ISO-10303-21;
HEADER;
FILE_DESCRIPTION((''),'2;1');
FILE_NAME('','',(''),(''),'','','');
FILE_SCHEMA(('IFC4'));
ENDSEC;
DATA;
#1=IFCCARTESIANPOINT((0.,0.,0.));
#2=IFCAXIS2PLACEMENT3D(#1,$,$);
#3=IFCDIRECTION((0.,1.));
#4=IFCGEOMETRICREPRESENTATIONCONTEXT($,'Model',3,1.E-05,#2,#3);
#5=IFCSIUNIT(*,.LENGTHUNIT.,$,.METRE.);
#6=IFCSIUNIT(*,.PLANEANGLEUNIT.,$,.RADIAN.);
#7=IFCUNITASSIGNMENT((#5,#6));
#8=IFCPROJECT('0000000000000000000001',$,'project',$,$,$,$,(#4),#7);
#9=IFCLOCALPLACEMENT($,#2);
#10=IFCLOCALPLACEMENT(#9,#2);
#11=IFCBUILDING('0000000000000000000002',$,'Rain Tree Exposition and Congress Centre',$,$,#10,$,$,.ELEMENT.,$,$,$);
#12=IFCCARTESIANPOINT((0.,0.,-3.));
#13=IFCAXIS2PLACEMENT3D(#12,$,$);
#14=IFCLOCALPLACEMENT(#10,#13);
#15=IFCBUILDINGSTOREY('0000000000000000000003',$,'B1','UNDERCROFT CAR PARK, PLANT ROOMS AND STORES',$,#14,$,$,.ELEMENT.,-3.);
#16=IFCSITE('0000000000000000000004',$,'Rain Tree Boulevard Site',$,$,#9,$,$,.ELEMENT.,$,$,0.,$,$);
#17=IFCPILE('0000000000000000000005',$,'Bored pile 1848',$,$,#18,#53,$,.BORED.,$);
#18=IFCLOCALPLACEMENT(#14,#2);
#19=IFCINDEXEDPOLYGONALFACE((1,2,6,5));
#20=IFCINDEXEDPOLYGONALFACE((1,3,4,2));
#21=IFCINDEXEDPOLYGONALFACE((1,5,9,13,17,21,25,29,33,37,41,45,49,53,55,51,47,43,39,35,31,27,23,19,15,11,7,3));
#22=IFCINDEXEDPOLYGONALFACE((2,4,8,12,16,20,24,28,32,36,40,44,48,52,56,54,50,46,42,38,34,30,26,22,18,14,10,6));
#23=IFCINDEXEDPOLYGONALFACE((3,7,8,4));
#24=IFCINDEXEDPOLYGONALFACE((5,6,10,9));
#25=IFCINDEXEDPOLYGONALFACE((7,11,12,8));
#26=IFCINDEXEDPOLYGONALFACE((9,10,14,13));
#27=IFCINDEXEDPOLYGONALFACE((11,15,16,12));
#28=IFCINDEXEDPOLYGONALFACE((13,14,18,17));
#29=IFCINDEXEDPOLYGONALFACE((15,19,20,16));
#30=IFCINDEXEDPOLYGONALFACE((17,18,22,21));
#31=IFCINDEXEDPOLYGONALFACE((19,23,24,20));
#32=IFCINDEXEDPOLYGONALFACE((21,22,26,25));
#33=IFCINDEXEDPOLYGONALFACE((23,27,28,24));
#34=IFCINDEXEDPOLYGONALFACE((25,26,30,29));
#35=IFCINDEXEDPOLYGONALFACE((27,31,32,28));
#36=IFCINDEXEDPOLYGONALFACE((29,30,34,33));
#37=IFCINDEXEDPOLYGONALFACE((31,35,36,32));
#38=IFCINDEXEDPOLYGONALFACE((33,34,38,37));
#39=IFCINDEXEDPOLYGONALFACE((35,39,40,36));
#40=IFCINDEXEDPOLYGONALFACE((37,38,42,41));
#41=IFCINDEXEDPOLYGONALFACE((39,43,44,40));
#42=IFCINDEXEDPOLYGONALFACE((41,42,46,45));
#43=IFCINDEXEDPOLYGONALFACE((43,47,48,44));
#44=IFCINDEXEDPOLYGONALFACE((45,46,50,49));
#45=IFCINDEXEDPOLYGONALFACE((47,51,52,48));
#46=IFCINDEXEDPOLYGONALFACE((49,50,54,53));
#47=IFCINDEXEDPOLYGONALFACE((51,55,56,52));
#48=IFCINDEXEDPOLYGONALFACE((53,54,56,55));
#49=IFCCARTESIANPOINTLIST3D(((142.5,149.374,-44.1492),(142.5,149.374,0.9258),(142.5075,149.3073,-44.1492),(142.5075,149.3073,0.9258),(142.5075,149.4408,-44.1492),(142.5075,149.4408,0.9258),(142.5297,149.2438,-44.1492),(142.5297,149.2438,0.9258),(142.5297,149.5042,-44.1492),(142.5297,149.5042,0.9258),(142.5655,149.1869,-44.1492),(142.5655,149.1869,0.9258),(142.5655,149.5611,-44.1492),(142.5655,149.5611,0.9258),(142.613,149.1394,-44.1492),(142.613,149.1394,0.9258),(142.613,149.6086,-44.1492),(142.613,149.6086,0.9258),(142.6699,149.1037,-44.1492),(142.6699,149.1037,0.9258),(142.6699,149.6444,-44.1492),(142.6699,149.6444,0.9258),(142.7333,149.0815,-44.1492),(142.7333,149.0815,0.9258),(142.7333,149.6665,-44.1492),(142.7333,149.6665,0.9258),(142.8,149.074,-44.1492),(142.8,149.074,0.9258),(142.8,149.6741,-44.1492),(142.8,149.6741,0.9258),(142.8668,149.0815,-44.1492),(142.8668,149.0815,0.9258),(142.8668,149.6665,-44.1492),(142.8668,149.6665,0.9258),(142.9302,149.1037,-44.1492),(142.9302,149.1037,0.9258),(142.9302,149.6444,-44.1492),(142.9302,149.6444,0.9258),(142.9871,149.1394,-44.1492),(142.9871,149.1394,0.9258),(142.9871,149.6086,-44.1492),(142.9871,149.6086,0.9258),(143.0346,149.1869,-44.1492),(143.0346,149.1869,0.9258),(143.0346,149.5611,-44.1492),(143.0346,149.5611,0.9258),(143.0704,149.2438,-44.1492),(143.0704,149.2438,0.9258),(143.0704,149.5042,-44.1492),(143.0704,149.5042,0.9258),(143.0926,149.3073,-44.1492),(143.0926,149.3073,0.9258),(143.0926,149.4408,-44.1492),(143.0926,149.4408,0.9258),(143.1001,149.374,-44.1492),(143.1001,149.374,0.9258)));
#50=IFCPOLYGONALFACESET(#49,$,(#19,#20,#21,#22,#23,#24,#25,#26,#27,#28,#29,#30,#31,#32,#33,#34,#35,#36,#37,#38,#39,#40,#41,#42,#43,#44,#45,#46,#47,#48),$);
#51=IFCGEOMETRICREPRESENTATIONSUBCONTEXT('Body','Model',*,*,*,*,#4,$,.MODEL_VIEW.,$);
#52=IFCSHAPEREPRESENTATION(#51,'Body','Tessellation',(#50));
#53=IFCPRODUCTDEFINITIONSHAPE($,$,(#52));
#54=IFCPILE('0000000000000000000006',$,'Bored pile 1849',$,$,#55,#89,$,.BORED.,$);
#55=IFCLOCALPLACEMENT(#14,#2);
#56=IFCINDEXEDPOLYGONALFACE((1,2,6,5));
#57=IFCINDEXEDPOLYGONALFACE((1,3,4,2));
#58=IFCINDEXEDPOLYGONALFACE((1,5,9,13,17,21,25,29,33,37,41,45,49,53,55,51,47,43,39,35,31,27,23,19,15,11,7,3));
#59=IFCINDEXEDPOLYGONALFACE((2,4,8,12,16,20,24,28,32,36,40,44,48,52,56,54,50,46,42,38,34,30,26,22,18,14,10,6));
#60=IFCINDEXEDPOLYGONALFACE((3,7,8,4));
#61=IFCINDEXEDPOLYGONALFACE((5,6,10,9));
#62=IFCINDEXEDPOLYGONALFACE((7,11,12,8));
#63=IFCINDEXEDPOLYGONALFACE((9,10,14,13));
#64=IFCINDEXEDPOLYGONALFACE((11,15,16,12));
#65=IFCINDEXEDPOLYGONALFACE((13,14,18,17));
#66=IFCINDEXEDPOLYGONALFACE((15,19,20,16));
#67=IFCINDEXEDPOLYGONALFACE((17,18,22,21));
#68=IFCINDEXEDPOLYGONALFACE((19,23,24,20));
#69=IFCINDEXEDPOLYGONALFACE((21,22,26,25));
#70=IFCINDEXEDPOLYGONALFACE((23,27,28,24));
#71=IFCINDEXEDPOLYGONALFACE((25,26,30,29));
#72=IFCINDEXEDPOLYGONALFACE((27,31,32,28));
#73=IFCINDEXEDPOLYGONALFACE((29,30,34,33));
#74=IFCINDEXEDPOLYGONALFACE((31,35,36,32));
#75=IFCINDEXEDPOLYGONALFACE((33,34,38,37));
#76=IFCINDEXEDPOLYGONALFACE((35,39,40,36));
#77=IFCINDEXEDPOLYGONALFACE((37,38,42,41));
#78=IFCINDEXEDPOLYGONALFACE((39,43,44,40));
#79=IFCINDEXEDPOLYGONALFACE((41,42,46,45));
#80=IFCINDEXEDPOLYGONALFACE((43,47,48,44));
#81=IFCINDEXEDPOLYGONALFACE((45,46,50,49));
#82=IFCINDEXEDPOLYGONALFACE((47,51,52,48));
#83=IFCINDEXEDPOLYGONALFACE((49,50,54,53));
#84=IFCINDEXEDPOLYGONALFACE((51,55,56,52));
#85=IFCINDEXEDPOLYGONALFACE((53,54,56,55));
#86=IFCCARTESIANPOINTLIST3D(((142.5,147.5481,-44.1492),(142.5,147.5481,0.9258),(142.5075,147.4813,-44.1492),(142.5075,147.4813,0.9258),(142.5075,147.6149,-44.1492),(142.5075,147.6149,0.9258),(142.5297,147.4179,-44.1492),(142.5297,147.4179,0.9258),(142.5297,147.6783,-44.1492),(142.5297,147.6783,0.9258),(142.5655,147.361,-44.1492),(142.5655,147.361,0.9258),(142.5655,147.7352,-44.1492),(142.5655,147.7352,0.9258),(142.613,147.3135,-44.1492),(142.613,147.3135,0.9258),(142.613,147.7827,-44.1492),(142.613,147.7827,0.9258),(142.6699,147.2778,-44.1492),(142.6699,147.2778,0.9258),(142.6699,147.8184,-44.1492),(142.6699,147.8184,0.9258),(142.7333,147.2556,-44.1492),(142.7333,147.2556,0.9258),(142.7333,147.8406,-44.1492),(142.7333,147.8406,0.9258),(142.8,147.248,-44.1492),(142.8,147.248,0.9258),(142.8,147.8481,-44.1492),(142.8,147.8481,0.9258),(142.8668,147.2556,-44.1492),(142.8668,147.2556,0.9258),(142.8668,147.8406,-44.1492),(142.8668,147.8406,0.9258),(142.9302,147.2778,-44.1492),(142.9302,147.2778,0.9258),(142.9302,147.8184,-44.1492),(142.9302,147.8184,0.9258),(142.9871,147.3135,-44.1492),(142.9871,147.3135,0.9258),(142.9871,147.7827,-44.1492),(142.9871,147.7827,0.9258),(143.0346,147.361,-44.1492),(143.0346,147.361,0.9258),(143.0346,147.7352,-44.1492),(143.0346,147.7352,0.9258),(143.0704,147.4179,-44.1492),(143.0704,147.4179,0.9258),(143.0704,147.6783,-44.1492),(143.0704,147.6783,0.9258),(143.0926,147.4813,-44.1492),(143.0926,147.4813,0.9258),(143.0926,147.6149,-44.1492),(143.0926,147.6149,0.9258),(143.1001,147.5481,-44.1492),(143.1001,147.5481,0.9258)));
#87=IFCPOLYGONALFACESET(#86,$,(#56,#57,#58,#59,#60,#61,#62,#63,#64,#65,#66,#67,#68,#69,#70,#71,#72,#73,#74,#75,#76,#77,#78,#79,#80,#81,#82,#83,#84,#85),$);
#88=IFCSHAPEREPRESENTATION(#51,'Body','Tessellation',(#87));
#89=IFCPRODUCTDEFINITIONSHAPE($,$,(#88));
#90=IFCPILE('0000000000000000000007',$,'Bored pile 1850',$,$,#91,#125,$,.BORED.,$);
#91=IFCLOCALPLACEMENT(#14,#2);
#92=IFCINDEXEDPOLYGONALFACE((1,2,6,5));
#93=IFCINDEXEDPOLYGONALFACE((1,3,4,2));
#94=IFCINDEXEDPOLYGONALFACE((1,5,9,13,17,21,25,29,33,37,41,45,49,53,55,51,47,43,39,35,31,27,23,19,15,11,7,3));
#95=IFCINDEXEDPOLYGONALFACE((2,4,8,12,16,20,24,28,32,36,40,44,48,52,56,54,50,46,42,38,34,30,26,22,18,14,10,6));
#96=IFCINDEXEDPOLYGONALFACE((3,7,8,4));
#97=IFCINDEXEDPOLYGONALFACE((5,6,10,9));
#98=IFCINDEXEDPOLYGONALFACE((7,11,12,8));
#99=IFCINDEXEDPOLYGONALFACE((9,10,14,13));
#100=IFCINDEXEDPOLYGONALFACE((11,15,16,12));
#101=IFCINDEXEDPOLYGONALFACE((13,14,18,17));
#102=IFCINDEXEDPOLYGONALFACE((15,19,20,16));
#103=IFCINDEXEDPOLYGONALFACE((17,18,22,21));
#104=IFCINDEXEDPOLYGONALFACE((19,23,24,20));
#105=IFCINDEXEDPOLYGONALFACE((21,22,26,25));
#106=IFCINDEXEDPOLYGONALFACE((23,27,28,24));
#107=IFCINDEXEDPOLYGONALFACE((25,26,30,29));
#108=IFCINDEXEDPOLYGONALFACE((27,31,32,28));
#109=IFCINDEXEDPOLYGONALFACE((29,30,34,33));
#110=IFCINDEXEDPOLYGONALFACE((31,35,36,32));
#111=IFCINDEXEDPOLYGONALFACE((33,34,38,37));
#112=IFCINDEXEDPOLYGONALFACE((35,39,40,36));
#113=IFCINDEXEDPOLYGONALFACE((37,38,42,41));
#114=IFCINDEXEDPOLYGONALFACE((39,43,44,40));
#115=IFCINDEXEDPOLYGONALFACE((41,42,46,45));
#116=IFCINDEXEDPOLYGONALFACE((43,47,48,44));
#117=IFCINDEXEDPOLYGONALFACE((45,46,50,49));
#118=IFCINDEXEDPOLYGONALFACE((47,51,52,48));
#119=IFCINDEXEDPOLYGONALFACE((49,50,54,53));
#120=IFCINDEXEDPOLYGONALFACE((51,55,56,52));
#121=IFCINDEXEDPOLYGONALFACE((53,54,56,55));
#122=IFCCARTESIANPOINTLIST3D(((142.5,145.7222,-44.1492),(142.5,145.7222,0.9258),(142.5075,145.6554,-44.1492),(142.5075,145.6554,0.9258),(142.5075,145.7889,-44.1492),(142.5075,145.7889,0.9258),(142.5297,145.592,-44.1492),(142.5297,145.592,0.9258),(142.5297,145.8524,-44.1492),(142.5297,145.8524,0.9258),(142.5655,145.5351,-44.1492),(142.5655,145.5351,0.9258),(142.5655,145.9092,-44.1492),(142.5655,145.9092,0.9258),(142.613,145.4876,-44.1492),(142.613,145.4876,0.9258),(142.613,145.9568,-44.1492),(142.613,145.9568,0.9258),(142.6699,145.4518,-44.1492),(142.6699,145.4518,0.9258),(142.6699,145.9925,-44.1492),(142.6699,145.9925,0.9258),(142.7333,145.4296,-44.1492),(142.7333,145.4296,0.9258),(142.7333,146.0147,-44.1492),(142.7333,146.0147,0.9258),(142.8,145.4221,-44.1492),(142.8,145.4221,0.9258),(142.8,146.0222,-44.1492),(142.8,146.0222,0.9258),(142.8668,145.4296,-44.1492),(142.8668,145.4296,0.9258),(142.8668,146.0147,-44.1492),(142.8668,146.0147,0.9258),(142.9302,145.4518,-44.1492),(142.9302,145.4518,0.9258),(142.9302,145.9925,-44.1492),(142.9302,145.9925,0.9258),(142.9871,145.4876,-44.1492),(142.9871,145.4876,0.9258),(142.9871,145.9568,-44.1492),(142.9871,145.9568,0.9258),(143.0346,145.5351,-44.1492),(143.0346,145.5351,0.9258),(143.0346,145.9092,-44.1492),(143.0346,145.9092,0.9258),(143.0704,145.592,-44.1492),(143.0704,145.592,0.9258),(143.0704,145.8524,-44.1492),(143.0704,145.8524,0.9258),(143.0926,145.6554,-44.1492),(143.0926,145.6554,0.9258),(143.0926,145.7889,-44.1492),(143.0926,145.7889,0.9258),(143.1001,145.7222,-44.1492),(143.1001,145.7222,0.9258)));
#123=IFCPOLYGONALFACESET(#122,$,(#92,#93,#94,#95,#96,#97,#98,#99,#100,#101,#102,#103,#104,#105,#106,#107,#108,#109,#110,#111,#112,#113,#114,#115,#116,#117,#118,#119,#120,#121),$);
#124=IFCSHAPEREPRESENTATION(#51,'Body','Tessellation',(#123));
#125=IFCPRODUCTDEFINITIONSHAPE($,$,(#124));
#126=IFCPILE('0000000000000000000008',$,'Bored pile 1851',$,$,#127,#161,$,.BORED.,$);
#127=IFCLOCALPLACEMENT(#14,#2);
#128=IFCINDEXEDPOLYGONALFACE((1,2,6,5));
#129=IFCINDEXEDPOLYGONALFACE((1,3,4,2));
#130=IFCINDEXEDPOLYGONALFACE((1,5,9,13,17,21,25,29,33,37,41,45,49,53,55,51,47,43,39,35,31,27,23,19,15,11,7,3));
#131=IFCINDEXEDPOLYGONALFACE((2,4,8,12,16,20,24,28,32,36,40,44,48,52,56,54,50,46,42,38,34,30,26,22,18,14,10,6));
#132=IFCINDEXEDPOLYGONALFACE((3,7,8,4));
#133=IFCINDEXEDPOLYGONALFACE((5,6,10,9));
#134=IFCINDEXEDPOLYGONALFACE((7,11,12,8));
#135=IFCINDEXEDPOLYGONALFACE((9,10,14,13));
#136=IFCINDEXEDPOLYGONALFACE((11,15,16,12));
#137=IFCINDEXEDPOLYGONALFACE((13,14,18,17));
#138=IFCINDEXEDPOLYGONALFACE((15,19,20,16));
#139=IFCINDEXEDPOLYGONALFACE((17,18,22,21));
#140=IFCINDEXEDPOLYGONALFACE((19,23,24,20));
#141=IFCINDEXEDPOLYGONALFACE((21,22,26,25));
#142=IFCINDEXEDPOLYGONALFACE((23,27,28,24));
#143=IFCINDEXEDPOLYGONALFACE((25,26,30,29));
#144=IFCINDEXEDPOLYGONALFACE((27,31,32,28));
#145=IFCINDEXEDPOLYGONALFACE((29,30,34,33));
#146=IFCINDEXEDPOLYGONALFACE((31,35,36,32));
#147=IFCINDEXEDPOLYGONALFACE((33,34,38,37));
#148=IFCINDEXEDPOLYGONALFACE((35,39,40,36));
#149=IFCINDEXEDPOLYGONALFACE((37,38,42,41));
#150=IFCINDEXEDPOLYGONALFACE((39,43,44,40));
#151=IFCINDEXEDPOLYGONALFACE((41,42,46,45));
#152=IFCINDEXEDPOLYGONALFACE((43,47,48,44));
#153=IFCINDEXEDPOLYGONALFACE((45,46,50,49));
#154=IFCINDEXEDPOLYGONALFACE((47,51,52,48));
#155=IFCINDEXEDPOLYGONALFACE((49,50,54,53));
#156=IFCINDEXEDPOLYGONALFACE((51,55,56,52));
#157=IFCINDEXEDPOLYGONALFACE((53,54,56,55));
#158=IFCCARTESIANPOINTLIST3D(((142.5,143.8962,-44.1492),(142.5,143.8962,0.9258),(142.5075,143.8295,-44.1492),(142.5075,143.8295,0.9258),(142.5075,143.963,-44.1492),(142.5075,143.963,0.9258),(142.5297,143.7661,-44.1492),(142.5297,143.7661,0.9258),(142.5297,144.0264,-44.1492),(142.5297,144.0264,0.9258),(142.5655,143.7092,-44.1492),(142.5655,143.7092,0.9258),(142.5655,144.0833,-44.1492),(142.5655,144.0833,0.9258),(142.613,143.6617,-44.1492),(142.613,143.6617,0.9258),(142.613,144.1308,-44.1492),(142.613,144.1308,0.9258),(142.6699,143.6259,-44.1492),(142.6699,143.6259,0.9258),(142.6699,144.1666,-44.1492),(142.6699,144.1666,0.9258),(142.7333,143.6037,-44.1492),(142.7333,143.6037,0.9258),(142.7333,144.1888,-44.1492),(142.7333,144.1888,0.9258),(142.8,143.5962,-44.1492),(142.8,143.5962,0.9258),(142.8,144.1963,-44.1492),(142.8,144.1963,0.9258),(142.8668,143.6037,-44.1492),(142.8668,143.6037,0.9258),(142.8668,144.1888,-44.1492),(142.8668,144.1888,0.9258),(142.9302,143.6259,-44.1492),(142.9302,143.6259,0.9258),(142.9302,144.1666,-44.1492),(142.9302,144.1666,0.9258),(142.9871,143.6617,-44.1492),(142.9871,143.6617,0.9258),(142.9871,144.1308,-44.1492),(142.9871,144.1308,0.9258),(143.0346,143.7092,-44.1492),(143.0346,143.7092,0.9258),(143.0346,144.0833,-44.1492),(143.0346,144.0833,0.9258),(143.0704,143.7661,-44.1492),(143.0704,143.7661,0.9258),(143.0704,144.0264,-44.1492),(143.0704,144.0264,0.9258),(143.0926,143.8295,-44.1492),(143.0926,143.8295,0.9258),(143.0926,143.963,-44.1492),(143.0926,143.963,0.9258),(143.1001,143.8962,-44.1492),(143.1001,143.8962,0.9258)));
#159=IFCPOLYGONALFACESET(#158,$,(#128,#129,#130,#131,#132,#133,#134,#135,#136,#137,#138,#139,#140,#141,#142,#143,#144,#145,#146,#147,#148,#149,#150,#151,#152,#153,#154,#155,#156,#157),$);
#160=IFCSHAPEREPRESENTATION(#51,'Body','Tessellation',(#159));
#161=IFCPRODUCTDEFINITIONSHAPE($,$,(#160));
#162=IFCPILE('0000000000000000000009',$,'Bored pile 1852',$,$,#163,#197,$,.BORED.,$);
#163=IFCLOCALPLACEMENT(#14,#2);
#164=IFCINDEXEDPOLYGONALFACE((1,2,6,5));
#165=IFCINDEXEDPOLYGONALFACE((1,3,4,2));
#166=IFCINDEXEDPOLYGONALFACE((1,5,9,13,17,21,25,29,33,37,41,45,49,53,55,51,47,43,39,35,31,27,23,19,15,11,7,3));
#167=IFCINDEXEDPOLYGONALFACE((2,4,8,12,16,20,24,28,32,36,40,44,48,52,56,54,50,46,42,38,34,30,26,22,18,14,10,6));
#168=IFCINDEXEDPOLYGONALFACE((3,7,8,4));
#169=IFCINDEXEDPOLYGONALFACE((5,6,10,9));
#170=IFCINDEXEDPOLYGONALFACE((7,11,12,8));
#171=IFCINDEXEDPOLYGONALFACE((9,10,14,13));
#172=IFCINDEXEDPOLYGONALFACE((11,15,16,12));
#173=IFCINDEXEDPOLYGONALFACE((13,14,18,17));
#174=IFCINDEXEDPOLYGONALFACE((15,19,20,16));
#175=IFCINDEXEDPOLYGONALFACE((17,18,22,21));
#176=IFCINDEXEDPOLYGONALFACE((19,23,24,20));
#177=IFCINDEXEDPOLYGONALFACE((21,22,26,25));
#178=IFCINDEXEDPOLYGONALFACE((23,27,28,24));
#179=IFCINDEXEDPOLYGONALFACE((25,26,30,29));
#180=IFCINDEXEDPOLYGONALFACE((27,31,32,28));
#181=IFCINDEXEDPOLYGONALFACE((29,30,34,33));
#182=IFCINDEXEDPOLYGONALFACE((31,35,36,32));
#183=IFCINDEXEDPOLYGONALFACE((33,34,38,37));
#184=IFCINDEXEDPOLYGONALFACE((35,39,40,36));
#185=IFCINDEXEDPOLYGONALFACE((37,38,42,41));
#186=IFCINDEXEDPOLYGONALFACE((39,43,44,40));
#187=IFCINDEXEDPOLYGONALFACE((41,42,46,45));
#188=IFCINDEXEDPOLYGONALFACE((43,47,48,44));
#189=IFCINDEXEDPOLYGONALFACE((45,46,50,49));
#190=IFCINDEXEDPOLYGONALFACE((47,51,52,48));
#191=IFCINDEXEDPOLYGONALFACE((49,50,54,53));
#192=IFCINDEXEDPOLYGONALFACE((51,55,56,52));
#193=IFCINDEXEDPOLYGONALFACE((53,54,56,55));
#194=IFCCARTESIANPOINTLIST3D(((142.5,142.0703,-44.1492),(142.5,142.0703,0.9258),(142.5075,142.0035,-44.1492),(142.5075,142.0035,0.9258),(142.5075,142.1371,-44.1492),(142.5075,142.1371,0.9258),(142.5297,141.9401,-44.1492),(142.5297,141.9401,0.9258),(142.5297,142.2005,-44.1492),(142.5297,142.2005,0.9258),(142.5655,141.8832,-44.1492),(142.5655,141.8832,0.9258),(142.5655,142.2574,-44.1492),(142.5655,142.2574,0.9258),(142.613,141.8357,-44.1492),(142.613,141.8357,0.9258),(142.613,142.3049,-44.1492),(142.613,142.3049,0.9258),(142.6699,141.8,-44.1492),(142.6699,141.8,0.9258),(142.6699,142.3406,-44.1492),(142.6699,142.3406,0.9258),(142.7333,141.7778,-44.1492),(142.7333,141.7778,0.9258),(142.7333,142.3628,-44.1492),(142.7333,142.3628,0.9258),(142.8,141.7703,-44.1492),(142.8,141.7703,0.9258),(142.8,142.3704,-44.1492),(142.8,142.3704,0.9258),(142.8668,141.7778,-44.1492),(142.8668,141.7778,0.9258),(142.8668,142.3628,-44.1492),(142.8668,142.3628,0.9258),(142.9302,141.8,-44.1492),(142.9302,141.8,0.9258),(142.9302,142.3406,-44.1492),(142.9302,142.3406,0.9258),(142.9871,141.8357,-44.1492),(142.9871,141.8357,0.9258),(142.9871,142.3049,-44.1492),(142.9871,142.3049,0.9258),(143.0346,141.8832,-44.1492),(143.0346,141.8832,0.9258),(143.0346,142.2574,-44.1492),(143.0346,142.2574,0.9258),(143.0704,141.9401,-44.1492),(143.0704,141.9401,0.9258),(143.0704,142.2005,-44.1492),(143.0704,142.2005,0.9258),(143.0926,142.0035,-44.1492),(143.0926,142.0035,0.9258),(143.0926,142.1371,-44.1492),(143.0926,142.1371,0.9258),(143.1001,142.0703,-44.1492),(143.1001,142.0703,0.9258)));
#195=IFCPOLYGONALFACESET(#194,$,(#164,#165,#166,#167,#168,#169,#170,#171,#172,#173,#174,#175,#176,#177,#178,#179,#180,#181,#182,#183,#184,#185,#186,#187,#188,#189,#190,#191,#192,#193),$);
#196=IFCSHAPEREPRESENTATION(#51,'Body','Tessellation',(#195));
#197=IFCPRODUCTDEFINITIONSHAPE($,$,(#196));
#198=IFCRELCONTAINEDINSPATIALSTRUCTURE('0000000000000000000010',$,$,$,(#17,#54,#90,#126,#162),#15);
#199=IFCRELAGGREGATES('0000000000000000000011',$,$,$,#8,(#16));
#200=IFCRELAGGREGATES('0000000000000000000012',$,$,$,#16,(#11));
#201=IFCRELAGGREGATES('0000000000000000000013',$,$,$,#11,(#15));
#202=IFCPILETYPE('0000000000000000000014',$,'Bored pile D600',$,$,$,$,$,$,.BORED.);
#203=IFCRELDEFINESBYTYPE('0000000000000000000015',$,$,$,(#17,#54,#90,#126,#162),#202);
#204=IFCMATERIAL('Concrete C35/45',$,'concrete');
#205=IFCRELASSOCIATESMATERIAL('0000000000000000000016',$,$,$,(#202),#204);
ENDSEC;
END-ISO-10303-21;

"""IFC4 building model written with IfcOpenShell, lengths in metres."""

from ifc_helpers import new_model, si_unit, direction, frame, origin, origin_2d, place, context, subcontext, project, spatial, circle, extrude, material, material_profile, profile_set, type_object, element, save


model = new_model("IFC4")

# Units and contexts
model_context = context("Model", 3, precision=1e-05, world=origin(), true_north=direction((0.0, 1.0)))
body_context = subcontext(model_context, "Body", "Model", "MODEL_VIEW")
ifc_project = project(units=[si_unit("LENGTHUNIT", "METRE"), si_unit("PLANEANGLEUNIT", "RADIAN")], contexts=[model_context])

# Site, building, storey
site_placement = place(None, origin())
site = spatial("IfcSite", under=ifc_project, at=site_placement, Name="Rain Tree Boulevard Site", CompositionType="ELEMENT", RefElevation=0.0)
building_placement = place(site_placement, origin())
building = spatial("IfcBuilding", under=site, at=building_placement, Name="Rain Tree Exposition and Congress Centre", CompositionType="ELEMENT")
storey_placement = place(building_placement, frame((0.0, 0.0, -3.0)))
storey = spatial("IfcBuildingStorey", under=building, at=storey_placement, Name="B1", Description="UNDERCROFT CAR PARK, PLANT ROOMS AND STORES", CompositionType="ELEMENT", Elevation=-3.0)

# Piles
ifc_material = material(Name="Concrete C35/45", Category="concrete")
ifc_material_profile = material_profile(ifc_material, circle(Radius=0.3, at=origin_2d()), Name="D600")
ifc_profile_set = profile_set([ifc_material_profile], Name="Concrete C35/45")
pile_type = type_object("IfcPileType", Name="Bored pile D600", PredefinedType="BORED", material=ifc_profile_set)
for number, where, z_axis, x_axis, name in (
    (1, (142.8, 149.374, 0.9258), (0.0, 0.0, -1.0), (1.0, 0.0, 0.0), "Bored pile 1848"),
    (2, (142.8, 147.5481, 0.9258), (0.0, 0.0, -1.0), (1.0, 0.0, 0.0), "Bored pile 1849"),
    (3, (142.8, 145.7222, 0.9258), (0.0, 0.0, -1.0), (1.0, 0.0, 0.0), "Bored pile 1850"),
    (4, (142.8, 143.8962, 0.9258), (0.0, 0.0, -1.0), (1.0, 0.0, 0.0), "Bored pile 1851"),
    (5, (142.8, 142.0703, 0.9258), (0.0, 0.0, -1.0), (1.0, 0.0, 0.0), "Bored pile 1852"),
):
    element("IfcPile", number, at=place(storey_placement, frame(where, z_axis=z_axis, x_axis=x_axis)), inside=storey, type_object=pile_type, Name=name, PredefinedType="BORED", context=body_context, shape_type="SweptSolid", body=[
        extrude(circle(Radius=0.3, at=origin_2d()), origin(), (0.0, 0.0, 1.0), 45.075),
    ])

save(model, "model.ifc")
